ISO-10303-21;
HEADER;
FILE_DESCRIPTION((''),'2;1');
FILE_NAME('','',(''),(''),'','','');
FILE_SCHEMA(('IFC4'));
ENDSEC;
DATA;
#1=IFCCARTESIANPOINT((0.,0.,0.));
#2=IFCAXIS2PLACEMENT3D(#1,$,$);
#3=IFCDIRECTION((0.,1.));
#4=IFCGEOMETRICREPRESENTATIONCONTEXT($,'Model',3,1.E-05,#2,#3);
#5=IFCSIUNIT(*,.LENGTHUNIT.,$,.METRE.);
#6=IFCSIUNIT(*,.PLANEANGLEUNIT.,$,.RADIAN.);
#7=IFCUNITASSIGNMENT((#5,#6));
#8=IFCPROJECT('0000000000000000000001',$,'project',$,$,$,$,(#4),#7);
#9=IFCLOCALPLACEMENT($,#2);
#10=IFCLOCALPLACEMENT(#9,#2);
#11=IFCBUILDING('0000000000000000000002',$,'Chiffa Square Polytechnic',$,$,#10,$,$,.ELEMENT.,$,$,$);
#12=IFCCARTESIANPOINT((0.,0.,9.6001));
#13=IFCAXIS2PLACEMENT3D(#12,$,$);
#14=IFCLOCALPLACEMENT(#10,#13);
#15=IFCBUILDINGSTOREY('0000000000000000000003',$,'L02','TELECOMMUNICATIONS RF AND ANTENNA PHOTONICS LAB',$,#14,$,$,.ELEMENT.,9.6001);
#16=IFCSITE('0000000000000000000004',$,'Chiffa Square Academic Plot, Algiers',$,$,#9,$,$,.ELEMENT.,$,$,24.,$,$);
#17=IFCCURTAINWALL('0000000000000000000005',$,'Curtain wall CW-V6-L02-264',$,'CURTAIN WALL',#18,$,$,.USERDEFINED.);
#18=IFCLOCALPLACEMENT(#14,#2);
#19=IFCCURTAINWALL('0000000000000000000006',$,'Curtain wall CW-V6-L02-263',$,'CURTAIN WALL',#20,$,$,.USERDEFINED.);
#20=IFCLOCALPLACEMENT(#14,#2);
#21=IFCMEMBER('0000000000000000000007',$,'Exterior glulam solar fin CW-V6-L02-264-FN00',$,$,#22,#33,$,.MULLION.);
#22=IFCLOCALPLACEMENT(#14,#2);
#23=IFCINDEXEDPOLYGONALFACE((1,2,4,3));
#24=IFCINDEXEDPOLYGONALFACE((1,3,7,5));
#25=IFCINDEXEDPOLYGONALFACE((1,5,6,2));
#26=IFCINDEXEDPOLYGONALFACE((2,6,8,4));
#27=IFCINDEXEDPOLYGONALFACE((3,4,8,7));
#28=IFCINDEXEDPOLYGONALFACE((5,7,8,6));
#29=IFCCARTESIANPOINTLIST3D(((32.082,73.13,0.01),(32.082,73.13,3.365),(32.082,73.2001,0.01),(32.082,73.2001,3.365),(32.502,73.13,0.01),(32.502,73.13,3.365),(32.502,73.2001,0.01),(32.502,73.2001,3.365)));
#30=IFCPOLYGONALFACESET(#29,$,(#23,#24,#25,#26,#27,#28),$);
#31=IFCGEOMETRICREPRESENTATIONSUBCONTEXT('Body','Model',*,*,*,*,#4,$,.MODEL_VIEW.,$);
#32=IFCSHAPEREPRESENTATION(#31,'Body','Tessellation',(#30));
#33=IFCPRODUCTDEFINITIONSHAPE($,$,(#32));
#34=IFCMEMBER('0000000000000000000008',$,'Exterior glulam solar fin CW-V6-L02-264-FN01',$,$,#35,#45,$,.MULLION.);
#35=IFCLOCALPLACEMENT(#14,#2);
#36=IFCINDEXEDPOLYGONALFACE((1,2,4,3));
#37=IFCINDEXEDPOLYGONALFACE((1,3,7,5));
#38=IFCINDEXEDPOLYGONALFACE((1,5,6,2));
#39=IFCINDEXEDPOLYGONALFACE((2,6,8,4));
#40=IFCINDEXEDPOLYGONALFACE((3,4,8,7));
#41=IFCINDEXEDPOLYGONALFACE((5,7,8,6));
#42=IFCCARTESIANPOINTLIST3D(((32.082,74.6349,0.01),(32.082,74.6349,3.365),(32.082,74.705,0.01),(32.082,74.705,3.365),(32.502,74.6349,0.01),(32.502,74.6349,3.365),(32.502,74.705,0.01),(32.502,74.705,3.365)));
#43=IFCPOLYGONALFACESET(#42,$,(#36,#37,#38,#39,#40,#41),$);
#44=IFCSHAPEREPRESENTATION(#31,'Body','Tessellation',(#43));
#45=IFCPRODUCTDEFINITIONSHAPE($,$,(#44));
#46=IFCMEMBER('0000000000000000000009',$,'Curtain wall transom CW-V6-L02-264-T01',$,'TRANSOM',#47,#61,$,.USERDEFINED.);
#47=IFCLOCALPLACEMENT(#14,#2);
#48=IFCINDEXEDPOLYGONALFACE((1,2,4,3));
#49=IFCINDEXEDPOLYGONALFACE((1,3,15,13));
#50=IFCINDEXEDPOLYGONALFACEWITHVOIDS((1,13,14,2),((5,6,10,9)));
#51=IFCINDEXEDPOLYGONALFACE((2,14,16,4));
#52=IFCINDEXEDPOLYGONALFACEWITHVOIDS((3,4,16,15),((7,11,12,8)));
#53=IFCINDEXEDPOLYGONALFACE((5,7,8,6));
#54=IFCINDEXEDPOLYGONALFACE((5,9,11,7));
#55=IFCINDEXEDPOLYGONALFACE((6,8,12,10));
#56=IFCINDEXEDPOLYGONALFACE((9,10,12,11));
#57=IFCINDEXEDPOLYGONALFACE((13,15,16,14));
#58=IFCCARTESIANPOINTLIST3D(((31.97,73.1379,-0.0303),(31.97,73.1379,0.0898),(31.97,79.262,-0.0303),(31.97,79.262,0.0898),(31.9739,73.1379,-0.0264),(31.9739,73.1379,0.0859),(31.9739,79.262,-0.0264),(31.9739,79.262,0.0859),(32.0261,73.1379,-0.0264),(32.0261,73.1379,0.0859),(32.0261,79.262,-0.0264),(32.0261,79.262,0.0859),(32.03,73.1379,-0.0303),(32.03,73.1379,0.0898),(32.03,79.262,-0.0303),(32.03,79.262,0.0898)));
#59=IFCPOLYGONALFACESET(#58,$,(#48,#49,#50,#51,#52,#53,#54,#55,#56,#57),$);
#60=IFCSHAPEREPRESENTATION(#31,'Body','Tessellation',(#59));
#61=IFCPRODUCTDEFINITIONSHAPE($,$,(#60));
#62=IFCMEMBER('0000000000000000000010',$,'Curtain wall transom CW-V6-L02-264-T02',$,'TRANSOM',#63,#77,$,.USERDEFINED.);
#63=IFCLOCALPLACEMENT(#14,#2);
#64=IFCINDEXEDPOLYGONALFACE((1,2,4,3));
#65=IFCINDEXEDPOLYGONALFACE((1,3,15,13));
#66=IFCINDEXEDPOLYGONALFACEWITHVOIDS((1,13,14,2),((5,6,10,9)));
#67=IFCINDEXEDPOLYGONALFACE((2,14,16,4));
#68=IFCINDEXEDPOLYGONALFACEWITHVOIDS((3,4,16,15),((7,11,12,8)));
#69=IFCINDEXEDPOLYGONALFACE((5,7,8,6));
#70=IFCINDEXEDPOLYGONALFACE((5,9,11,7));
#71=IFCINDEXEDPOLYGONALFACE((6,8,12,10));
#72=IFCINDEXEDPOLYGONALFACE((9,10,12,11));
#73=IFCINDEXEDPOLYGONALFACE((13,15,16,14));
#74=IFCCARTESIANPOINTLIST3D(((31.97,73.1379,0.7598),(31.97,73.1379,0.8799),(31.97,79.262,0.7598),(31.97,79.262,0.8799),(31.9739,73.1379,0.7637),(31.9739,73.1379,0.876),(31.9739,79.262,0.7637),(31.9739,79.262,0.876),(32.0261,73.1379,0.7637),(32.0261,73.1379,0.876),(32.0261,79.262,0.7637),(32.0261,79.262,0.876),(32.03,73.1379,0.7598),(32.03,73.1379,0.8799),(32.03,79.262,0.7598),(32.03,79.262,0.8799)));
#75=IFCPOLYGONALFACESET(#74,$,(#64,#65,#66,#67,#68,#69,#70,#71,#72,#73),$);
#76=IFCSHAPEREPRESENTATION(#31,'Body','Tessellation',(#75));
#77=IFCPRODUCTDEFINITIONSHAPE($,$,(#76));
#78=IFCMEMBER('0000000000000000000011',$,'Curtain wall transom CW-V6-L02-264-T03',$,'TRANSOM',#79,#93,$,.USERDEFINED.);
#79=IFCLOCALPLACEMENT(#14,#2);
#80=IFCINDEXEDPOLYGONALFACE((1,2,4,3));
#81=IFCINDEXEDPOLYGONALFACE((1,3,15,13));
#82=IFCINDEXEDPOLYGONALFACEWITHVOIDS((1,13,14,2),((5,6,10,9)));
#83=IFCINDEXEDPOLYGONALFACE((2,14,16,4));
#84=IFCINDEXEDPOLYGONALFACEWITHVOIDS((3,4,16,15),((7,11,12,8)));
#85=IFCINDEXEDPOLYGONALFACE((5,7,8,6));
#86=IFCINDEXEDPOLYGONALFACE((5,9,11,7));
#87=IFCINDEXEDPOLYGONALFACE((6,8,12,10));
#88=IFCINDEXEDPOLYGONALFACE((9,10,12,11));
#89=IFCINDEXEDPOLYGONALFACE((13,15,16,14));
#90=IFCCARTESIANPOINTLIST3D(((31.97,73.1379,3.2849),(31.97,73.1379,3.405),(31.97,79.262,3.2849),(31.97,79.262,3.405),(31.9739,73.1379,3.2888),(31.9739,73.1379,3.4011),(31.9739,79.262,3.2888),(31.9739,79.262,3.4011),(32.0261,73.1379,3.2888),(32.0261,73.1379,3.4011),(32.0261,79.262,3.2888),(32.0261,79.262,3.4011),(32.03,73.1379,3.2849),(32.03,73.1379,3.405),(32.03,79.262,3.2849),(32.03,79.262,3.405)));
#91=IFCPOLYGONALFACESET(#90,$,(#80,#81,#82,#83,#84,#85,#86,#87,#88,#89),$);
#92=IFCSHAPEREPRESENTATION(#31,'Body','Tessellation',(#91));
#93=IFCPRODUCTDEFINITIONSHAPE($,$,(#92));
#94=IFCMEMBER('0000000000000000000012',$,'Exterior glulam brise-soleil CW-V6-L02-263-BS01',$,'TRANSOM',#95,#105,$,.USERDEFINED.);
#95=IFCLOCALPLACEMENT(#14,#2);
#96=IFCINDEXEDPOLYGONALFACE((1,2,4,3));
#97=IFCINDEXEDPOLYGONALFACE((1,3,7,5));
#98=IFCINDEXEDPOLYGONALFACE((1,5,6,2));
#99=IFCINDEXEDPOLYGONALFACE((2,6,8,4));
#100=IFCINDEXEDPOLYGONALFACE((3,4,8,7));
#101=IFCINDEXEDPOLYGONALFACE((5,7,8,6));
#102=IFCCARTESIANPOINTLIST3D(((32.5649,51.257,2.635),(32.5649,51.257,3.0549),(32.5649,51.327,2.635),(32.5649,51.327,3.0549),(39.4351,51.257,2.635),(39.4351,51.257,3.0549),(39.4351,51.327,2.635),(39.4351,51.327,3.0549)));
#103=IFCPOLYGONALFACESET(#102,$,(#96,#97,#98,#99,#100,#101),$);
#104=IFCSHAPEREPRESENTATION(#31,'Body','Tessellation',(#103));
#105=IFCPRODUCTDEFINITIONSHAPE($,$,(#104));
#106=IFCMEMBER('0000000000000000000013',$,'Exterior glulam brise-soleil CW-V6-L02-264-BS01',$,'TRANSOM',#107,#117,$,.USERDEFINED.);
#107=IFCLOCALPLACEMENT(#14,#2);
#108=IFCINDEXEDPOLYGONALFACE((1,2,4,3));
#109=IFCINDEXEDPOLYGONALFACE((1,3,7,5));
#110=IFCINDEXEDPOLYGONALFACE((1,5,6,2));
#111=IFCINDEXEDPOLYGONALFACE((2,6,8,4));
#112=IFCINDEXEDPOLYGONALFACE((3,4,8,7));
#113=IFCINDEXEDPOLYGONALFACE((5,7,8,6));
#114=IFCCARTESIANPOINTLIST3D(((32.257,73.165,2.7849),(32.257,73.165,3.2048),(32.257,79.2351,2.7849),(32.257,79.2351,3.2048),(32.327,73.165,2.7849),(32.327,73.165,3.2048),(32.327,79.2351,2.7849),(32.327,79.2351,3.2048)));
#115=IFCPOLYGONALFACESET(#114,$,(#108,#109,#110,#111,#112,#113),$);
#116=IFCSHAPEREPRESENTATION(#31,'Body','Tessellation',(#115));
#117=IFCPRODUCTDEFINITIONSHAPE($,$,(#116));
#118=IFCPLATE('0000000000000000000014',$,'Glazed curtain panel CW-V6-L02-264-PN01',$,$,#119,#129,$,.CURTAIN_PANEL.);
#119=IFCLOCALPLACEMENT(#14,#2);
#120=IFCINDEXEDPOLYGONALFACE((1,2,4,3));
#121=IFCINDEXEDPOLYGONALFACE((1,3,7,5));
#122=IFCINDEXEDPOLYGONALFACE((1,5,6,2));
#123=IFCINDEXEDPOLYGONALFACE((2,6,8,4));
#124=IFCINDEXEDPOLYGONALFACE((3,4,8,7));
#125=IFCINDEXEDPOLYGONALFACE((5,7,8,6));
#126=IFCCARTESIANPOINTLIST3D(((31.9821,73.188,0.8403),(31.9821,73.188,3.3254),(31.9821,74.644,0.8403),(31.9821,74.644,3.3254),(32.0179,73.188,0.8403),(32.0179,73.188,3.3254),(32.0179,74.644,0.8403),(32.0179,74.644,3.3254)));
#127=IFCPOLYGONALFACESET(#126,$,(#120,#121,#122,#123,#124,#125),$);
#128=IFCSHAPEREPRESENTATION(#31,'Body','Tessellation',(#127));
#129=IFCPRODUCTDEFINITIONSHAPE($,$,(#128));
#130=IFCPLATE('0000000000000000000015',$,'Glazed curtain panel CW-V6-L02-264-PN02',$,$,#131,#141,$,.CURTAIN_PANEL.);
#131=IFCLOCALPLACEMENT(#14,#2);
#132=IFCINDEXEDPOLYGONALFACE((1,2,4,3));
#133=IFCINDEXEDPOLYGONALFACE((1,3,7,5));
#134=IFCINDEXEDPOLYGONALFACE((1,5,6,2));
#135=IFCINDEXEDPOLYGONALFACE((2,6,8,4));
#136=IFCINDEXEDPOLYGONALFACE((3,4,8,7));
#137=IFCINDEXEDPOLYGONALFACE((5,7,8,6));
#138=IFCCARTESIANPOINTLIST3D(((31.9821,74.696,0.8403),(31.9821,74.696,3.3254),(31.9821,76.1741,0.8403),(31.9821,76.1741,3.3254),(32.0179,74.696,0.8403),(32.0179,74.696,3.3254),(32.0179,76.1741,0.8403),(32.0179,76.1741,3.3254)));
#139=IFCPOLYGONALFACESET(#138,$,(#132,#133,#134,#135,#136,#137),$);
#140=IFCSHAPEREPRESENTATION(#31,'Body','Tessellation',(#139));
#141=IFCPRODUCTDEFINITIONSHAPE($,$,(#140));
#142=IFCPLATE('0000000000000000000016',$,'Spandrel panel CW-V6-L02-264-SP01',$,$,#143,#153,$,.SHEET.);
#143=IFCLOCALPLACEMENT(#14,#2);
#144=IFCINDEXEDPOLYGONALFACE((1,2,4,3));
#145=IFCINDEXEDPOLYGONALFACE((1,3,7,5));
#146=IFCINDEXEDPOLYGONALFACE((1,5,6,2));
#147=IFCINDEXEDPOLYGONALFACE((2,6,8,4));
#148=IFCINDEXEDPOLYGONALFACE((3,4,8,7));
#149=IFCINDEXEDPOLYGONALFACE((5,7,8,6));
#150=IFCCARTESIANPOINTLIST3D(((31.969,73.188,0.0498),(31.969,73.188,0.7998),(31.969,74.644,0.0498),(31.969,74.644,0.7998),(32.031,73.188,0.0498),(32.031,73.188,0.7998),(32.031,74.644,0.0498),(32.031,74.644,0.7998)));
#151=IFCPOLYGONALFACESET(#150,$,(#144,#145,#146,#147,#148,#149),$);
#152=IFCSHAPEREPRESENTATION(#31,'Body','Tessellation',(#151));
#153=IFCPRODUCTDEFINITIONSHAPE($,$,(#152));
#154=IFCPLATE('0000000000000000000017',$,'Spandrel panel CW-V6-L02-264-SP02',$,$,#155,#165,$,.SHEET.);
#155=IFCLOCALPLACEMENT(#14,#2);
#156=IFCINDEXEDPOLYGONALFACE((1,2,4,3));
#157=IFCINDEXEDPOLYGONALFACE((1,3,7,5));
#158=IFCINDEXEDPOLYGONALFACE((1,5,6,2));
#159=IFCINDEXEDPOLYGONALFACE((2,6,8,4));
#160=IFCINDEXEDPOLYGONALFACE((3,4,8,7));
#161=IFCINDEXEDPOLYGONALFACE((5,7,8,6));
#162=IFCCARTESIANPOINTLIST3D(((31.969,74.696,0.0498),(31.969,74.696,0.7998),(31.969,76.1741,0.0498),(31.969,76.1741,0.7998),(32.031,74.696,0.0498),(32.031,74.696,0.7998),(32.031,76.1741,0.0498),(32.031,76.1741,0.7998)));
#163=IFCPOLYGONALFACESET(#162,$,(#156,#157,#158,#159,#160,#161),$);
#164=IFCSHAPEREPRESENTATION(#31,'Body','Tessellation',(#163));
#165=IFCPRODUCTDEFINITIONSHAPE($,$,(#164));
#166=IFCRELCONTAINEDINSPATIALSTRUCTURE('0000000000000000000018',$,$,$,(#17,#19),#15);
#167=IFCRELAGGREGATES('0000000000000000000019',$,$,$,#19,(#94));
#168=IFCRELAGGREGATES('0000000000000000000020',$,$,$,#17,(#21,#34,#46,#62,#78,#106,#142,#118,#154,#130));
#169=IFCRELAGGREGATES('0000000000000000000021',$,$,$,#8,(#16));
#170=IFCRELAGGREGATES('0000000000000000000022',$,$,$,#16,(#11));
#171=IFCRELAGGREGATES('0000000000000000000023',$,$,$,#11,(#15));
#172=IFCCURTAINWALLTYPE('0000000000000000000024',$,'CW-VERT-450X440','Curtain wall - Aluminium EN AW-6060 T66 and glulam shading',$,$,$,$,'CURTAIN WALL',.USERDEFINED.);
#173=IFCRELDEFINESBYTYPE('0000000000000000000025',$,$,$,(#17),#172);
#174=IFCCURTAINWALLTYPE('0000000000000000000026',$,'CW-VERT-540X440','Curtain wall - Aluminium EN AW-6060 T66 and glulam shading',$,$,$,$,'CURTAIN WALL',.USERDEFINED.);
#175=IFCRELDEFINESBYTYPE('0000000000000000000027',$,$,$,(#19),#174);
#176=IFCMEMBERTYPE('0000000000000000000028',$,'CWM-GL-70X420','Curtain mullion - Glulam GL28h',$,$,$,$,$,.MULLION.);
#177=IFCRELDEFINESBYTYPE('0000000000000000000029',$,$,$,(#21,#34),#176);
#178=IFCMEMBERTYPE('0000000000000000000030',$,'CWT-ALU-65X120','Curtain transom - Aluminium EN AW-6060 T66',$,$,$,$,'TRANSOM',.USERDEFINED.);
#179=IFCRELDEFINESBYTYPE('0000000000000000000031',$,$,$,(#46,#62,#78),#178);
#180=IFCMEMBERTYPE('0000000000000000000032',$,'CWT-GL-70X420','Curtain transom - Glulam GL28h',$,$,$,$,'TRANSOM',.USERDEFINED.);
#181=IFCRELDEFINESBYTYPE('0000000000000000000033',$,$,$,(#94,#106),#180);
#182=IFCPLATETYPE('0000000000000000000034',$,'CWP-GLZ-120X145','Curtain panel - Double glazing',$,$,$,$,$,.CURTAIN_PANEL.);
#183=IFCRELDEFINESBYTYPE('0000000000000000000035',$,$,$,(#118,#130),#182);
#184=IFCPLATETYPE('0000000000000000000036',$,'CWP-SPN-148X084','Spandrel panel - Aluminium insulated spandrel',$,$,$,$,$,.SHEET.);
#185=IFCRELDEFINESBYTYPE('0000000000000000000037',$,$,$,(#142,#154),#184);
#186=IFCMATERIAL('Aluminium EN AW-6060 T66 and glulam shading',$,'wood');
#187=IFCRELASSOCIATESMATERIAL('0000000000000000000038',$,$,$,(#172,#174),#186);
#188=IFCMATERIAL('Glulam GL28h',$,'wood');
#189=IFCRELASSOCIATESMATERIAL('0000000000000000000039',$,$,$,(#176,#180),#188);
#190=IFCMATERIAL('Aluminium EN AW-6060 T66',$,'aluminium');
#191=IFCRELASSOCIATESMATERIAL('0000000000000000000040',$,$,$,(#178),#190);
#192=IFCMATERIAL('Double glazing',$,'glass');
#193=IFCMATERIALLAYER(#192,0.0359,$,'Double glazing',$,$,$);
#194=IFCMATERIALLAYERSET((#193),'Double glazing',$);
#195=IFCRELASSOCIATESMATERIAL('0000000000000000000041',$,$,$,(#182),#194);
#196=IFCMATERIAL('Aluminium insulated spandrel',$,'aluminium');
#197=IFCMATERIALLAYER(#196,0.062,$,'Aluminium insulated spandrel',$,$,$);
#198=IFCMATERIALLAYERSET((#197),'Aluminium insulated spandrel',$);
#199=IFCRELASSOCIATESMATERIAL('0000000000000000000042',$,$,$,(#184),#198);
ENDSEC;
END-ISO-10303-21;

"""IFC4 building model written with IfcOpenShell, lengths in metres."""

from ifc_helpers import new_model, si_unit, direction, frame, origin, origin_2d, place, context, subcontext, project, spatial, rectangle, hollow_rectangle, extrude, material, layer, layer_set, material_profile, profile_set, type_object, element, aggregate, save


model = new_model("IFC4")

# Units and contexts
model_context = context("Model", 3, precision=1e-05, world=origin(), true_north=direction((0.0, 1.0)))
body_context = subcontext(model_context, "Body", "Model", "MODEL_VIEW")
ifc_project = project(units=[si_unit("LENGTHUNIT", "METRE"), si_unit("PLANEANGLEUNIT", "RADIAN")], contexts=[model_context])

# Site, building, storey
site_placement = place(None, origin())
site = spatial("IfcSite", under=ifc_project, at=site_placement, Name="Chiffa Square Academic Plot, Algiers", CompositionType="ELEMENT", RefElevation=24.0)
building_placement = place(site_placement, origin())
building = spatial("IfcBuilding", under=site, at=building_placement, Name="Chiffa Square Polytechnic", CompositionType="ELEMENT")
storey_placement = place(building_placement, frame((0.0, 0.0, 9.6001)))
storey = spatial("IfcBuildingStorey", under=building, at=storey_placement, Name="L02", Description="TELECOMMUNICATIONS RF AND ANTENNA PHOTONICS LAB", CompositionType="ELEMENT", Elevation=9.6001)

# Curtain walls
ifc_material_1 = material(Name="Aluminium EN AW-6060 T66 and glulam shading", Category="wood")
curtain_wall_type_1 = type_object("IfcCurtainWallType", Name="CW-VERT-450X440", Description="Curtain wall - Aluminium EN AW-6060 T66 and glulam shading", ElementType="CURTAIN WALL", PredefinedType="USERDEFINED", material=ifc_material_1)
curtain_wall_1_placement = place(storey_placement, origin())
curtain_wall_1 = element("IfcCurtainWall", 1, at=curtain_wall_1_placement, inside=storey, type_object=curtain_wall_type_1, Name="Curtain wall CW-V6-L02-264", ObjectType="CURTAIN WALL", PredefinedType="USERDEFINED")
ifc_material_2 = material(Name="Aluminium EN AW-6060 T66", Category="aluminium")
curtain_wall_type_2 = type_object("IfcCurtainWallType", Name="CW-VERT-540X440", Description="Curtain wall - Aluminium EN AW-6060 T66 and glulam shading", ElementType="CURTAIN WALL", PredefinedType="USERDEFINED", material=ifc_material_1)
curtain_wall_2_placement = place(storey_placement, origin())
curtain_wall_2 = element("IfcCurtainWall", 2, at=curtain_wall_2_placement, inside=storey, type_object=curtain_wall_type_2, Name="Curtain wall CW-V6-L02-263", ObjectType="CURTAIN WALL", PredefinedType="USERDEFINED")
ifc_material_3 = material(Name="Glulam GL28h", Category="wood")
ifc_material_profile_1 = material_profile(ifc_material_3, rectangle(XDim=0.0701, YDim=0.4199, at=origin_2d()), Name="GL28h 70x420")
ifc_profile_set_1 = profile_set([ifc_material_profile_1], Name="Glulam GL28h")
member_type_1 = type_object("IfcMemberType", Name="CWM-GL-70X420", Description="Curtain mullion - Glulam GL28h", PredefinedType="MULLION", material=ifc_profile_set_1)

# Members
member_1_placement = place(storey_placement, frame((32.292, 73.165, 0.01), z_axis=(0.0, 0.0, 1.0), x_axis=(0.0, 1.0, 0.0)))
member_1 = element("IfcMember", 3, at=member_1_placement, type_object=member_type_1, Name="Exterior glulam solar fin CW-V6-L02-264-FN00", PredefinedType="MULLION", context=body_context, shape_type="SweptSolid", body=[
    extrude(rectangle(XDim=0.0701, YDim=0.4199, at=origin_2d()), origin(), (0.0, 0.0, 1.0), 3.355),
])
member_2_placement = place(storey_placement, frame((32.292, 74.6699, 0.01), z_axis=(0.0, 0.0, 1.0), x_axis=(0.0, 1.0, 0.0)))
member_2 = element("IfcMember", 4, at=member_2_placement, type_object=member_type_1, Name="Exterior glulam solar fin CW-V6-L02-264-FN01", PredefinedType="MULLION", context=body_context, shape_type="SweptSolid", body=[
    extrude(rectangle(XDim=0.0701, YDim=0.4199, at=origin_2d()), origin(), (0.0, 0.0, 1.0), 3.355),
])
ifc_material_profile_2 = material_profile(ifc_material_2, hollow_rectangle(XDim=0.0601, YDim=0.1201, WallThickness=0.0039, at=origin_2d()), Name="ALU 60x120x4")
ifc_profile_set_2 = profile_set([ifc_material_profile_2], Name="Aluminium EN AW-6060 T66")
member_type_2 = type_object("IfcMemberType", Name="CWT-ALU-65X120", Description="Curtain transom - Aluminium EN AW-6060 T66", ElementType="TRANSOM", PredefinedType="USERDEFINED", material=ifc_profile_set_2)
member_3_placement = place(storey_placement, frame((32.0, 73.1379, 0.0298), z_axis=(0.0, 1.0, 0.0), x_axis=(-1.0, 0.0, 0.0)))
member_3 = element("IfcMember", 5, at=member_3_placement, type_object=member_type_2, Name="Curtain wall transom CW-V6-L02-264-T01", ObjectType="TRANSOM", PredefinedType="USERDEFINED", context=body_context, shape_type="SweptSolid", body=[
    extrude(hollow_rectangle(XDim=0.0601, YDim=0.1201, WallThickness=0.0039, at=origin_2d()), origin(), (0.0, 0.0, 1.0), 6.124),
])
member_4_placement = place(storey_placement, frame((32.0, 73.1379, 0.8198), z_axis=(0.0, 1.0, 0.0), x_axis=(-1.0, 0.0, 0.0)))
member_4 = element("IfcMember", 6, at=member_4_placement, type_object=member_type_2, Name="Curtain wall transom CW-V6-L02-264-T02", ObjectType="TRANSOM", PredefinedType="USERDEFINED", context=body_context, shape_type="SweptSolid", body=[
    extrude(hollow_rectangle(XDim=0.0601, YDim=0.1201, WallThickness=0.0039, at=origin_2d()), origin(), (0.0, 0.0, 1.0), 6.124),
])
member_5_placement = place(storey_placement, frame((32.0, 73.1379, 3.345), z_axis=(0.0, 1.0, 0.0), x_axis=(-1.0, 0.0, 0.0)))
member_5 = element("IfcMember", 7, at=member_5_placement, type_object=member_type_2, Name="Curtain wall transom CW-V6-L02-264-T03", ObjectType="TRANSOM", PredefinedType="USERDEFINED", context=body_context, shape_type="SweptSolid", body=[
    extrude(hollow_rectangle(XDim=0.0601, YDim=0.1201, WallThickness=0.0039, at=origin_2d()), origin(), (0.0, 0.0, 1.0), 6.124),
])
ifc_material_profile_3 = material_profile(ifc_material_3, rectangle(XDim=0.0701, YDim=0.4199, at=origin_2d()), Name="GL28h 70x420")
ifc_profile_set_3 = profile_set([ifc_material_profile_3], Name="Glulam GL28h")
member_type_3 = type_object("IfcMemberType", Name="CWT-GL-70X420", Description="Curtain transom - Glulam GL28h", ElementType="TRANSOM", PredefinedType="USERDEFINED", material=ifc_profile_set_3)
member_6_placement = place(storey_placement, frame((39.4351, 51.292, 2.845), z_axis=(-1.0, 0.0, 0.0), x_axis=(0.0, -1.0, 0.0)))
member_6 = element("IfcMember", 8, at=member_6_placement, type_object=member_type_3, Name="Exterior glulam brise-soleil CW-V6-L02-263-BS01", ObjectType="TRANSOM", PredefinedType="USERDEFINED", context=body_context, shape_type="SweptSolid", body=[
    extrude(rectangle(XDim=0.0701, YDim=0.4199, at=origin_2d()), origin(), (0.0, 0.0, 1.0), 6.8701),
])
aggregate(curtain_wall_2, [member_6])
member_7_placement = place(storey_placement, frame((32.292, 73.165, 2.9949), z_axis=(0.0, 1.0, 0.0), x_axis=(-1.0, 0.0, 0.0)))
member_7 = element("IfcMember", 9, at=member_7_placement, type_object=member_type_3, Name="Exterior glulam brise-soleil CW-V6-L02-264-BS01", ObjectType="TRANSOM", PredefinedType="USERDEFINED", context=body_context, shape_type="SweptSolid", body=[
    extrude(rectangle(XDim=0.0701, YDim=0.4199, at=origin_2d()), origin(), (0.0, 0.0, 1.0), 6.0701),
])

# Plates
ifc_material_4 = material(Name="Double glazing", Category="glass")
ifc_layer_1 = layer(ifc_material_4, 0.0359, Name="Double glazing")
ifc_layer_set_1 = layer_set([ifc_layer_1], Name="Double glazing")
plate_type_1 = type_object("IfcPlateType", Name="CWP-GLZ-120X145", Description="Curtain panel - Double glazing", PredefinedType="CURTAIN_PANEL", material=ifc_layer_set_1)
plate_1_placement = place(storey_placement, frame((32.0, 73.916, 0.8403), z_axis=(0.0, 0.0, 1.0), x_axis=(0.0, 1.0, 0.0)))
plate_1 = element("IfcPlate", 10, at=plate_1_placement, type_object=plate_type_1, Name="Glazed curtain panel CW-V6-L02-264-PN01", PredefinedType="CURTAIN_PANEL", context=body_context, shape_type="SweptSolid", body=[
    extrude(rectangle(XDim=1.4561, YDim=0.0359, at=origin_2d()), origin(), (0.0, 0.0, 1.0), 2.4851),
])
plate_2_placement = place(storey_placement, frame((32.0, 75.4351, 0.8403), z_axis=(0.0, 0.0, 1.0), x_axis=(0.0, 1.0, 0.0)))
plate_2 = element("IfcPlate", 11, at=plate_2_placement, type_object=plate_type_1, Name="Glazed curtain panel CW-V6-L02-264-PN02", PredefinedType="CURTAIN_PANEL", context=body_context, shape_type="SweptSolid", body=[
    extrude(rectangle(XDim=1.478, YDim=0.0359, at=origin_2d()), origin(), (0.0, 0.0, 1.0), 2.4851),
])
ifc_material_5 = material(Name="Aluminium insulated spandrel", Category="aluminium")
ifc_layer_2 = layer(ifc_material_5, 0.062, Name="Aluminium insulated spandrel")
ifc_layer_set_2 = layer_set([ifc_layer_2], Name="Aluminium insulated spandrel")
plate_type_2 = type_object("IfcPlateType", Name="CWP-SPN-148X084", Description="Spandrel panel - Aluminium insulated spandrel", PredefinedType="SHEET", material=ifc_layer_set_2)
plate_3_placement = place(storey_placement, frame((32.0, 73.916, 0.0498), z_axis=(0.0, 0.0, 1.0), x_axis=(0.0, 1.0, 0.0)))
plate_3 = element("IfcPlate", 12, at=plate_3_placement, type_object=plate_type_2, Name="Spandrel panel CW-V6-L02-264-SP01", PredefinedType="SHEET", context=body_context, shape_type="SweptSolid", body=[
    extrude(rectangle(XDim=1.4561, YDim=0.062, at=origin_2d()), origin(), (0.0, 0.0, 1.0), 0.75),
])
plate_4_placement = place(storey_placement, frame((32.0, 75.4351, 0.0498), z_axis=(0.0, 0.0, 1.0), x_axis=(0.0, 1.0, 0.0)))
plate_4 = element("IfcPlate", 13, at=plate_4_placement, type_object=plate_type_2, Name="Spandrel panel CW-V6-L02-264-SP02", PredefinedType="SHEET", context=body_context, shape_type="SweptSolid", body=[
    extrude(rectangle(XDim=1.478, YDim=0.062, at=origin_2d()), origin(), (0.0, 0.0, 1.0), 0.75),
])
aggregate(curtain_wall_1, [member_1, member_2, member_3, member_4, member_5, member_7, plate_3, plate_1, plate_4, plate_2])

save(model, "model.ifc")
